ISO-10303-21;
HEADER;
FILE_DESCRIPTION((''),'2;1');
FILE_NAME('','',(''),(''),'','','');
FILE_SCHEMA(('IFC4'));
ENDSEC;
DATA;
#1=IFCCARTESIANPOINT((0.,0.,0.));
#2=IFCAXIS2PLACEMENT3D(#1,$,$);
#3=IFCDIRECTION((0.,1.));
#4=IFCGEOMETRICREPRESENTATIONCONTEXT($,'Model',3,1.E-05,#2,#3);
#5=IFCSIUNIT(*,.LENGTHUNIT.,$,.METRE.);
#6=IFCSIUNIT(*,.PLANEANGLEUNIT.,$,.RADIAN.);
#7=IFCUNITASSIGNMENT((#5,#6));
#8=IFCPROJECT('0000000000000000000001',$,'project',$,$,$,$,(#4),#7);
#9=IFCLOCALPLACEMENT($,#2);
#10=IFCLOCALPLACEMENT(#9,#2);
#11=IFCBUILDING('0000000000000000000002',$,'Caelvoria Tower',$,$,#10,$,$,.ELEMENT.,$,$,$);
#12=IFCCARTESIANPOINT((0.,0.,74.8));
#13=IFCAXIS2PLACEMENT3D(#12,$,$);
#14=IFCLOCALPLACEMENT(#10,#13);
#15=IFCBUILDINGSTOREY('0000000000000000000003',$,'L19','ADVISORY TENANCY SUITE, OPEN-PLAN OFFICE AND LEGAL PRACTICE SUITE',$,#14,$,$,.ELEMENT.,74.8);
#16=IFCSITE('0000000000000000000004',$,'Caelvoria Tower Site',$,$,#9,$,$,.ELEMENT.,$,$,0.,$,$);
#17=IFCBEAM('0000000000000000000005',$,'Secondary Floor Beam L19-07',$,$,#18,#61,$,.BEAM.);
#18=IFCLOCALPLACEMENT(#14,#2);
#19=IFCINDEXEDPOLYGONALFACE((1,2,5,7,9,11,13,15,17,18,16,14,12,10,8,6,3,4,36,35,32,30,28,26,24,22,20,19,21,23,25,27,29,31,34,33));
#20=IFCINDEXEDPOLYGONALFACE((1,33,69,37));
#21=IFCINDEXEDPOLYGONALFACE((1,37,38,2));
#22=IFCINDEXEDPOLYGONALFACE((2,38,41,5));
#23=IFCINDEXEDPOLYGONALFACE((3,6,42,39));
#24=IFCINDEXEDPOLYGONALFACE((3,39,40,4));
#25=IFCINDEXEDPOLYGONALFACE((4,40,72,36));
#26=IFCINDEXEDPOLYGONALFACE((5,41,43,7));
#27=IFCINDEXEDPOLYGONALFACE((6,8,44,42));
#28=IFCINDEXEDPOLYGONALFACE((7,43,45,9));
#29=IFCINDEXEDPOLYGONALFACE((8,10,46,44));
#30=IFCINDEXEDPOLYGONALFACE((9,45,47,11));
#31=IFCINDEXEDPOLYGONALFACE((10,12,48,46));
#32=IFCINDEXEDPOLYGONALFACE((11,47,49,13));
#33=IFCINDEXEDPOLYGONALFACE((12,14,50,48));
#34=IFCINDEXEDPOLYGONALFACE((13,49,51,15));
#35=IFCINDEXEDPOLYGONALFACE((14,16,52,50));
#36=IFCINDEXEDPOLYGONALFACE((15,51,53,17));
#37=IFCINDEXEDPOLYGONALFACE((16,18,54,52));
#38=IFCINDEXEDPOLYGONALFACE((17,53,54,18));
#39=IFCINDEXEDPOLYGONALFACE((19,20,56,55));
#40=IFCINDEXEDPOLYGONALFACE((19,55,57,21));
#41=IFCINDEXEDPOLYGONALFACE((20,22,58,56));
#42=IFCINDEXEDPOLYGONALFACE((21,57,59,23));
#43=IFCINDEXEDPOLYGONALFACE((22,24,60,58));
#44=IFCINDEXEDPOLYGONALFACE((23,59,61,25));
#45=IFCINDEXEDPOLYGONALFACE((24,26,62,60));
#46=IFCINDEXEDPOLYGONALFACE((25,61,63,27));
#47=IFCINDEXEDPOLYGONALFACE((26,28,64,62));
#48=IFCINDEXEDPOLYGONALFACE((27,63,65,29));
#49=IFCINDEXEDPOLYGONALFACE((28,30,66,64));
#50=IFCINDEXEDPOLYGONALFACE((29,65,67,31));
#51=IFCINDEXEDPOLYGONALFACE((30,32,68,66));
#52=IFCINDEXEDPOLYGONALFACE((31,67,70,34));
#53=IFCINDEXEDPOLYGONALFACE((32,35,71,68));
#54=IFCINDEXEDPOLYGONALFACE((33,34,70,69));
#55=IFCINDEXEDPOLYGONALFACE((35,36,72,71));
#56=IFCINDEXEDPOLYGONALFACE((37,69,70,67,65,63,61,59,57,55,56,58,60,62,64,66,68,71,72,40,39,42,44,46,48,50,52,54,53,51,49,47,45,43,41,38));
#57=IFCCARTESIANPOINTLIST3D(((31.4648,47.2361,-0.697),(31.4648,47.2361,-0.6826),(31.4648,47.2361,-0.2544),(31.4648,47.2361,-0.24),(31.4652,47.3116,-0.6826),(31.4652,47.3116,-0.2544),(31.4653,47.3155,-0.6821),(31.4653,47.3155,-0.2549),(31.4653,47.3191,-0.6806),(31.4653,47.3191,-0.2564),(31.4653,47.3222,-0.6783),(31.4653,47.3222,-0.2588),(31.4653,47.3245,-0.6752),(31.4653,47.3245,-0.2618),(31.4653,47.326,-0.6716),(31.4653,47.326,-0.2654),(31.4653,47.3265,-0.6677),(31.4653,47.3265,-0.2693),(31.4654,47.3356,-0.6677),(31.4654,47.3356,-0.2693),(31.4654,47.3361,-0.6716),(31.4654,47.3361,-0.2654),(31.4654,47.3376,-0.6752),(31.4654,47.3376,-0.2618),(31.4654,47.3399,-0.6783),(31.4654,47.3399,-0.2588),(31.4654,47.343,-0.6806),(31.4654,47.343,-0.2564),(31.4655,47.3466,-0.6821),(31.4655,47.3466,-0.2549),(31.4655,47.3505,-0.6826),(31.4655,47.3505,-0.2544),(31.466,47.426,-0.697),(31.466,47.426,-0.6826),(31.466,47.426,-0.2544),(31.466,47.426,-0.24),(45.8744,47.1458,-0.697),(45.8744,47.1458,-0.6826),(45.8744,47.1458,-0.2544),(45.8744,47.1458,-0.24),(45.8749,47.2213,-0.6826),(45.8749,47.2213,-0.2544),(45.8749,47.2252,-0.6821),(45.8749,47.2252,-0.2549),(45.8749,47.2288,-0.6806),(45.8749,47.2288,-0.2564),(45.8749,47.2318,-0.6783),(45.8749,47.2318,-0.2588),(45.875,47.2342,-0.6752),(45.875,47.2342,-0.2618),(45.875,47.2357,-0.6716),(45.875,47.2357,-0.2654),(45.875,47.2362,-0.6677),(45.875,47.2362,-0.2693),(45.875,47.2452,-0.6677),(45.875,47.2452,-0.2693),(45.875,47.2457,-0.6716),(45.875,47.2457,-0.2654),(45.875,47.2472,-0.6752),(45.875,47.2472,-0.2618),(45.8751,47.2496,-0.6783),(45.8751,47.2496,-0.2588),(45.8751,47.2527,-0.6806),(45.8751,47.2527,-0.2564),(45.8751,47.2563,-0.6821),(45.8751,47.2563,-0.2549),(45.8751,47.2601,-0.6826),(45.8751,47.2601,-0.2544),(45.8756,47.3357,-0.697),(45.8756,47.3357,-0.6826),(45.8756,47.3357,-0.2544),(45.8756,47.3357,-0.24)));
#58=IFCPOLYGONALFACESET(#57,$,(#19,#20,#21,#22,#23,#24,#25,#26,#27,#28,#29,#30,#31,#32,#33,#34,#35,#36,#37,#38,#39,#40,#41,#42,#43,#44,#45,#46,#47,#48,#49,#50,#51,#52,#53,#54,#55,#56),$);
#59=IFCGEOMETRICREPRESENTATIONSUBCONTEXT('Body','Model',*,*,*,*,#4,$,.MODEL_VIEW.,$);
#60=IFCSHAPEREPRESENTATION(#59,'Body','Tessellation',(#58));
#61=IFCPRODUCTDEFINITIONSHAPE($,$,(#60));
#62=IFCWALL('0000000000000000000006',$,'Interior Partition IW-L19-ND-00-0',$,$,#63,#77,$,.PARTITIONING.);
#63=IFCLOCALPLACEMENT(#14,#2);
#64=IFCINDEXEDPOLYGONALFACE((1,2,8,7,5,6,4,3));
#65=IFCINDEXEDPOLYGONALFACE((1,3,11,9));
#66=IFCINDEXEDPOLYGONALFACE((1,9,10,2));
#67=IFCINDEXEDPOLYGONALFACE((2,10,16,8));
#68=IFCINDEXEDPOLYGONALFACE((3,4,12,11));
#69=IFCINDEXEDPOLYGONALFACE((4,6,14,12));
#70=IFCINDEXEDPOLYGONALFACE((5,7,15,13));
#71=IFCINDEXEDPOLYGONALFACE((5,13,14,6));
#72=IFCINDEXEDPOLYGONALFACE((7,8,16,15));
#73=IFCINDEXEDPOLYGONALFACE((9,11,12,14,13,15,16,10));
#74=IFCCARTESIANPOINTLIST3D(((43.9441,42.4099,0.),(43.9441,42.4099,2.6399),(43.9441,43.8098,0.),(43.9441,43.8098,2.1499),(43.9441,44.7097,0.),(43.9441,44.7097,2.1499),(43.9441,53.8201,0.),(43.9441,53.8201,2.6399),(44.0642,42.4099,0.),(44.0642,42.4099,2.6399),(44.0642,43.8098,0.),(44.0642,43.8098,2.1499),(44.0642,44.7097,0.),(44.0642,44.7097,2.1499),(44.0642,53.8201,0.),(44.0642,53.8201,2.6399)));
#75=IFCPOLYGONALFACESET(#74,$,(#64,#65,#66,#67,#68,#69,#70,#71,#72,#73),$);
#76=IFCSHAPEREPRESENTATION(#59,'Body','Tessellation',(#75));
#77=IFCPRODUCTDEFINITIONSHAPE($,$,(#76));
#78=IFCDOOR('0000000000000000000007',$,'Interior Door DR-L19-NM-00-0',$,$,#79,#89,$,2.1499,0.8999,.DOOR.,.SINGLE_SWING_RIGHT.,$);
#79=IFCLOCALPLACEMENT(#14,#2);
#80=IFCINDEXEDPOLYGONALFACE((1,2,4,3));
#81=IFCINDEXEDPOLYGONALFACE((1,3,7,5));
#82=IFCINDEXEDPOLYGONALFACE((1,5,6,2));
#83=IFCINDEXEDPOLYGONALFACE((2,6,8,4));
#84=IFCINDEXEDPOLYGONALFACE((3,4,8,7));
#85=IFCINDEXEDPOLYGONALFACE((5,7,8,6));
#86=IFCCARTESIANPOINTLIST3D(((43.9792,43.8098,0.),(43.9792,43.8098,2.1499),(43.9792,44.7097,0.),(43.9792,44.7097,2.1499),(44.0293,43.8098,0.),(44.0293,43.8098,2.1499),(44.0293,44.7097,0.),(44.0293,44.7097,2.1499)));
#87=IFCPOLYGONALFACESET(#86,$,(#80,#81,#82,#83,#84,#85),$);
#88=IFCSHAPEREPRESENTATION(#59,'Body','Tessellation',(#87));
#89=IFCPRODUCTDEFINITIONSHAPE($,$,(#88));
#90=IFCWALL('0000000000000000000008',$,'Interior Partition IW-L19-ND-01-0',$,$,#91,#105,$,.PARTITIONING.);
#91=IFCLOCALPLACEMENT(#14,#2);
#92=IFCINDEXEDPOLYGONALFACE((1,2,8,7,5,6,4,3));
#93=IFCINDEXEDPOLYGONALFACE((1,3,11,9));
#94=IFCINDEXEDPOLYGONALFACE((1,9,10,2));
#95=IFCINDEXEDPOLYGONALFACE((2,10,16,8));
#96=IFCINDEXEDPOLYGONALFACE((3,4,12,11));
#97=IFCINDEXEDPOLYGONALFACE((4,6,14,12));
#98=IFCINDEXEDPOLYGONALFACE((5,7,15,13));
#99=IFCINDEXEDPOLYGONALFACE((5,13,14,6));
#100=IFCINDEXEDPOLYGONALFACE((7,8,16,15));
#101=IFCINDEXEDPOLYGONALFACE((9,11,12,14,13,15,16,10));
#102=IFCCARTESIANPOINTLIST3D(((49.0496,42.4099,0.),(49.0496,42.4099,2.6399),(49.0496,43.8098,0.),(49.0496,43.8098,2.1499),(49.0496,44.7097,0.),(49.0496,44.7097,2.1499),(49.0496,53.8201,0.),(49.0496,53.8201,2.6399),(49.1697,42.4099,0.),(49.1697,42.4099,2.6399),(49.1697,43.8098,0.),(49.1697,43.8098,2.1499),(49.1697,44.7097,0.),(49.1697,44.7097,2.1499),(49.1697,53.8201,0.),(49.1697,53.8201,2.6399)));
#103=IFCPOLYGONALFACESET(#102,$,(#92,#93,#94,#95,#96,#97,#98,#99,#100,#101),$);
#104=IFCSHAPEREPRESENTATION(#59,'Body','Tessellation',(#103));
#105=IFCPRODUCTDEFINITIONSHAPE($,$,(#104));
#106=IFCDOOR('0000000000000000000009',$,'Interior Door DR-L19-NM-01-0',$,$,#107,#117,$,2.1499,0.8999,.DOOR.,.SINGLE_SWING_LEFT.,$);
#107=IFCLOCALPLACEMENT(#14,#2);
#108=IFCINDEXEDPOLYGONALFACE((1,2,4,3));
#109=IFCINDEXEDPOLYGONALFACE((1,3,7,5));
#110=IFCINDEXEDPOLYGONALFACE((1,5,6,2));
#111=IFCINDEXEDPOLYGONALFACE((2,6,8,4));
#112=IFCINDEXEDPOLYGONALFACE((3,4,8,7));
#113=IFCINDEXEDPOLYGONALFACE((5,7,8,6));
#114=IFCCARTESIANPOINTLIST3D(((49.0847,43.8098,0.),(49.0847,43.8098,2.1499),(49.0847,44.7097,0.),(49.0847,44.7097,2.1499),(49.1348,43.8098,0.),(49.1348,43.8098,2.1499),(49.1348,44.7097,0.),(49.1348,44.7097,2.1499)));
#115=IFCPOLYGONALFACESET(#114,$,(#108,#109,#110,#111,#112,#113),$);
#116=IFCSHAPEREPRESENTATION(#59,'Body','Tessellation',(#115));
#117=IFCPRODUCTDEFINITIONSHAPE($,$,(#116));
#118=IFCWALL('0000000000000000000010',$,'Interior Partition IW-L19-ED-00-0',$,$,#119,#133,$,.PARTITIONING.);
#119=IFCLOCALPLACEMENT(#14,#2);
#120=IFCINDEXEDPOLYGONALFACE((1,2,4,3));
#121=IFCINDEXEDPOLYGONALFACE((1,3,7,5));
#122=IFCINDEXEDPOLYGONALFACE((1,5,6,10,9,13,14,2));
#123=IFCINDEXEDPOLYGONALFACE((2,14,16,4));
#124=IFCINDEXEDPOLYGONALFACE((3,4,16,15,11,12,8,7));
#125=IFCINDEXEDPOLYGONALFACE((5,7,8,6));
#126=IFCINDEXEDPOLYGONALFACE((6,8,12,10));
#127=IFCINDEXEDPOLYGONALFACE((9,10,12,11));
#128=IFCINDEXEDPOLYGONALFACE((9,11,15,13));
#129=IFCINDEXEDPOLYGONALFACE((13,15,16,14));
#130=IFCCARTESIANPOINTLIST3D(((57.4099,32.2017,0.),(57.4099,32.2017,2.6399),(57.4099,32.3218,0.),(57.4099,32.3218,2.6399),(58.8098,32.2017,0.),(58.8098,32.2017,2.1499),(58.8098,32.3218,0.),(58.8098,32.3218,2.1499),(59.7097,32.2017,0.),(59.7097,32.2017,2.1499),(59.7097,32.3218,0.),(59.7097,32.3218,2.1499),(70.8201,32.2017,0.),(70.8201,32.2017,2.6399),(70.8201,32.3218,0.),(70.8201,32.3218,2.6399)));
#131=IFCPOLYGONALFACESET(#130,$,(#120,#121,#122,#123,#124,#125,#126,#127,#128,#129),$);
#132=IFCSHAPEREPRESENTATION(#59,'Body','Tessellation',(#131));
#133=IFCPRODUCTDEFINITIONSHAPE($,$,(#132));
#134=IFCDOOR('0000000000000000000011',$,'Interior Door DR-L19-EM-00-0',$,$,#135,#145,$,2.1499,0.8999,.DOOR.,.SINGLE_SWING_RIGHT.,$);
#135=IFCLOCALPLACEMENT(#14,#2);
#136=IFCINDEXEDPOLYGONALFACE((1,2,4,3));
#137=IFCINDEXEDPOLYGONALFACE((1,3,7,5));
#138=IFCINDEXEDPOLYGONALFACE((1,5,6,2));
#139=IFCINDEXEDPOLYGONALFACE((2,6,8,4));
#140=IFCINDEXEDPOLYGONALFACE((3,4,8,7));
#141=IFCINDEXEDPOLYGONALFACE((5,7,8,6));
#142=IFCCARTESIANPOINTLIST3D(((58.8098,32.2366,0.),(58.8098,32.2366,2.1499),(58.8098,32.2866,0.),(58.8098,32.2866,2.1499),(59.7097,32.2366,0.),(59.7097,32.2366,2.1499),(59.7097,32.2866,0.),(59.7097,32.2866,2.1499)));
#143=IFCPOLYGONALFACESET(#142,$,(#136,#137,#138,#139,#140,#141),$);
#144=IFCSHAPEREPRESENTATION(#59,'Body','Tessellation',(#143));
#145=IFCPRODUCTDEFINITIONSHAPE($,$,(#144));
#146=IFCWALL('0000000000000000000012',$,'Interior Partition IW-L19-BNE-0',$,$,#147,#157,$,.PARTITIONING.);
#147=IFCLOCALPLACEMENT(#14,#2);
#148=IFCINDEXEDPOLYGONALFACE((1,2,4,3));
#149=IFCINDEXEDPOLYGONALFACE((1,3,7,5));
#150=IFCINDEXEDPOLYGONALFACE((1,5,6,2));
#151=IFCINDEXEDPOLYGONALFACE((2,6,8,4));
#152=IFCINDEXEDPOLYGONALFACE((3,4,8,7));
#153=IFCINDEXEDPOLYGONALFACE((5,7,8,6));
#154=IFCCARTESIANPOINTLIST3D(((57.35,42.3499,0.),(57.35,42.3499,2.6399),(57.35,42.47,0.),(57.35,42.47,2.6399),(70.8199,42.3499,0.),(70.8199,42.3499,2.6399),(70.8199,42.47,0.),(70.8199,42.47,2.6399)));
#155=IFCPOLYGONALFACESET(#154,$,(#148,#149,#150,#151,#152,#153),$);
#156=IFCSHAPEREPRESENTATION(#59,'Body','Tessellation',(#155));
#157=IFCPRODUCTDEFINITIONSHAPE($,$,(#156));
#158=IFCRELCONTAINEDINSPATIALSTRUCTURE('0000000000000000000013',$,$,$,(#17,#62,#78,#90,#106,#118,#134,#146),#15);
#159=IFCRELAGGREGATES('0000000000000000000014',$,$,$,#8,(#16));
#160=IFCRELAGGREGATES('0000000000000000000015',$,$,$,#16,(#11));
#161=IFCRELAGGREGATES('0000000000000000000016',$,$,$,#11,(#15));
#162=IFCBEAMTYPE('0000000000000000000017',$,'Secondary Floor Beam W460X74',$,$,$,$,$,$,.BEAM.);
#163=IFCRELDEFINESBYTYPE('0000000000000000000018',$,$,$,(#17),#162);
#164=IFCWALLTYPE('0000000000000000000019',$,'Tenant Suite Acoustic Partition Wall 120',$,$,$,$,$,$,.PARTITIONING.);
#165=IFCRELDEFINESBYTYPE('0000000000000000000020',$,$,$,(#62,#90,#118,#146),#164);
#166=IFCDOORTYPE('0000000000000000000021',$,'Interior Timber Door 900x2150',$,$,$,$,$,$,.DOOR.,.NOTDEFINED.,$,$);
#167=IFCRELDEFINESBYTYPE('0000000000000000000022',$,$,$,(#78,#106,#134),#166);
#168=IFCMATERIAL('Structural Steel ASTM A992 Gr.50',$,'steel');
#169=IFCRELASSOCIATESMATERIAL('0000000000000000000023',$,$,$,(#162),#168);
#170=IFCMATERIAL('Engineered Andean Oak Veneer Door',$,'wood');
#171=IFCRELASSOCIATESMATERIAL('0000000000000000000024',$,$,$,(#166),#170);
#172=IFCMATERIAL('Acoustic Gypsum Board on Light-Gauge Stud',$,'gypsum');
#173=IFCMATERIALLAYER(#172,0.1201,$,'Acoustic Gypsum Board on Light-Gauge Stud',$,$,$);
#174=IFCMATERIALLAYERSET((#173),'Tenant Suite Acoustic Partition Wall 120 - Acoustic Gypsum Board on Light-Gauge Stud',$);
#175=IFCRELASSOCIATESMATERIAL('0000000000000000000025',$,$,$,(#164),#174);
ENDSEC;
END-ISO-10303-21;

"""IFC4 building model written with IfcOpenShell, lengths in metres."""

from ifc_helpers import new_model, si_unit, direction, frame, frame_2d, origin, origin_2d, place, context, subcontext, project, spatial, rectangle, i_section, extrude, material, layer, layer_set, material_profile, profile_set, type_object, element, fill, save


model = new_model("IFC4")

# Units and contexts
model_context = context("Model", 3, precision=1e-05, world=origin(), true_north=direction((0.0, 1.0)))
body_context = subcontext(model_context, "Body", "Model", "MODEL_VIEW")
ifc_project = project(units=[si_unit("LENGTHUNIT", "METRE"), si_unit("PLANEANGLEUNIT", "RADIAN")], contexts=[model_context])

# Site, building, storey
site_placement = place(None, origin())
site = spatial("IfcSite", under=ifc_project, at=site_placement, Name="Caelvoria Tower Site", CompositionType="ELEMENT", RefElevation=0.0)
building_placement = place(site_placement, origin())
building = spatial("IfcBuilding", under=site, at=building_placement, Name="Caelvoria Tower", CompositionType="ELEMENT")
storey_placement = place(building_placement, frame((0.0, 0.0, 74.8)))
storey = spatial("IfcBuildingStorey", under=building, at=storey_placement, Name="L19", Description="ADVISORY TENANCY SUITE, OPEN-PLAN OFFICE AND LEGAL PRACTICE SUITE", CompositionType="ELEMENT", Elevation=74.8)

# Beam
ifc_material_1 = material(Name="Structural Steel ASTM A992 Gr.50", Category="steel")
ifc_material_profile_1 = material_profile(ifc_material_1, i_section(OverallWidth=0.1899, OverallDepth=0.457, WebThickness=0.009, FlangeThickness=0.0144, FilletRadius=0.0149, at=origin_2d()), Name="Structural Steel ASTM A992 Gr.50")
ifc_profile_set_1 = profile_set([ifc_material_profile_1], Name="W460X74 - Structural Steel ASTM A992 Gr.50")
beam_type_1 = type_object("IfcBeamType", Name="Secondary Floor Beam W460X74", PredefinedType="BEAM", material=ifc_profile_set_1)
for number, where, z_axis, x_axis, name in (
    (1, (45.875, 47.2407, -0.4685), (-0.99998, 0.006269, 0.0), (-0.006269, -0.99998, 0.0), "Secondary Floor Beam L19-07"),
):
    element("IfcBeam", number, at=place(storey_placement, frame(where, z_axis=z_axis, x_axis=x_axis)), inside=storey, type_object=beam_type_1, Name=name, PredefinedType="BEAM", context=body_context, shape_type="SweptSolid", body=[
        extrude(i_section(OverallWidth=0.1899, OverallDepth=0.457, WebThickness=0.009, FlangeThickness=0.0144, FilletRadius=0.0149, at=origin_2d()), origin(), (0.0, 0.0, 1.0), 14.4099),
    ])

# Walls, openings, doors
ifc_material_2 = material(Name="Engineered Andean Oak Veneer Door", Category="wood")
door_type = type_object("IfcDoorType", Name="Interior Timber Door 900x2150", OperationType="NOTDEFINED", PredefinedType="DOOR", material=ifc_material_2)
ifc_material_3 = material(Name="Acoustic Gypsum Board on Light-Gauge Stud", Category="gypsum")
ifc_layer_1 = layer(ifc_material_3, 0.1201, Name="Acoustic Gypsum Board on Light-Gauge Stud")
ifc_layer_set_1 = layer_set([ifc_layer_1], Name="Tenant Suite Acoustic Partition Wall 120 - Acoustic Gypsum Board on Light-Gauge Stud")
wall_type_1 = type_object("IfcWallType", Name="Tenant Suite Acoustic Partition Wall 120", PredefinedType="PARTITIONING", material=ifc_layer_set_1)
wall_1_placement = place(storey_placement, frame((44.0042, 42.4099, 0.0), z_axis=(0.0, 0.0, 1.0), x_axis=(0.0, 1.0, 0.0)))
wall_1 = element("IfcWall", 2, at=wall_1_placement, inside=storey, type_object=wall_type_1, Name="Interior Partition IW-L19-ND-00-0", PredefinedType="PARTITIONING", context=body_context, shape_type="SweptSolid", body=[
    extrude(rectangle(XDim=11.4102, YDim=0.1201, at=frame_2d((5.7051, 0.0))), origin(), (0.0, 0.0, 1.0), 2.6399),
])
opening_1_placement = place(wall_1_placement, frame((1.3999, 0.0, 0.0)))
opening_1 = element("IfcOpeningElement", 3, at=opening_1_placement, cuts=wall_1, PredefinedType="OPENING", context=body_context, shape_type="SweptSolid", body=[
    extrude(rectangle(XDim=0.8999, YDim=2.1499, at=frame_2d((0.45, 1.075))), frame((0.0, 0.0701, 0.0), z_axis=(0.0, -1.0, 0.0), x_axis=(1.0, 0.0, 0.0)), (0.0, 0.0, 1.0), 0.1401),
])
door_1_placement = place(opening_1_placement, origin())
door_1 = element("IfcDoor", 4, at=door_1_placement, inside=storey, type_object=door_type, Name="Interior Door DR-L19-NM-00-0", OperationType="SINGLE_SWING_RIGHT", OverallHeight=2.1499, OverallWidth=0.8999, PredefinedType="DOOR", context=body_context, shape_type="SweptSolid", body=[
    extrude(rectangle(XDim=0.8999, YDim=2.1499, at=frame_2d((0.45, 1.075))), frame((0.0, 0.0249, 0.0), z_axis=(0.0, -1.0, 0.0), x_axis=(1.0, 0.0, 0.0)), (0.0, 0.0, 1.0), 0.05),
])
fill(opening_1, door_1)
wall_2_placement = place(storey_placement, frame((49.1096, 42.4099, 0.0), z_axis=(0.0, 0.0, 1.0), x_axis=(0.0, 1.0, 0.0)))
wall_2 = element("IfcWall", 5, at=wall_2_placement, inside=storey, type_object=wall_type_1, Name="Interior Partition IW-L19-ND-01-0", PredefinedType="PARTITIONING", context=body_context, shape_type="SweptSolid", body=[
    extrude(rectangle(XDim=11.4102, YDim=0.1201, at=frame_2d((5.7051, 0.0))), origin(), (0.0, 0.0, 1.0), 2.6399),
])
opening_2_placement = place(wall_2_placement, frame((1.3999, 0.0, 0.0)))
opening_2 = element("IfcOpeningElement", 6, at=opening_2_placement, cuts=wall_2, PredefinedType="OPENING", context=body_context, shape_type="SweptSolid", body=[
    extrude(rectangle(XDim=0.8999, YDim=2.1499, at=frame_2d((0.45, 1.075))), frame((0.0, 0.0701, 0.0), z_axis=(0.0, -1.0, 0.0), x_axis=(1.0, 0.0, 0.0)), (0.0, 0.0, 1.0), 0.1401),
])
door_2_placement = place(opening_2_placement, origin())
door_2 = element("IfcDoor", 7, at=door_2_placement, inside=storey, type_object=door_type, Name="Interior Door DR-L19-NM-01-0", OperationType="SINGLE_SWING_LEFT", OverallHeight=2.1499, OverallWidth=0.8999, PredefinedType="DOOR", context=body_context, shape_type="SweptSolid", body=[
    extrude(rectangle(XDim=0.8999, YDim=2.1499, at=frame_2d((0.45, 1.075))), frame((0.0, 0.0249, 0.0), z_axis=(0.0, -1.0, 0.0), x_axis=(1.0, 0.0, 0.0)), (0.0, 0.0, 1.0), 0.05),
])
fill(opening_2, door_2)
wall_3_placement = place(storey_placement, frame((57.4099, 32.2617, 0.0), z_axis=(0.0, 0.0, 1.0), x_axis=(1.0, 0.0, 0.0)))
wall_3 = element("IfcWall", 8, at=wall_3_placement, inside=storey, type_object=wall_type_1, Name="Interior Partition IW-L19-ED-00-0", PredefinedType="PARTITIONING", context=body_context, shape_type="SweptSolid", body=[
    extrude(rectangle(XDim=13.4102, YDim=0.1201, at=frame_2d((6.7051, 0.0))), origin(), (0.0, 0.0, 1.0), 2.6399),
])
opening_3_placement = place(wall_3_placement, frame((1.3999, 0.0, 0.0)))
opening_3 = element("IfcOpeningElement", 9, at=opening_3_placement, cuts=wall_3, PredefinedType="OPENING", context=body_context, shape_type="SweptSolid", body=[
    extrude(rectangle(XDim=0.8999, YDim=2.1499, at=frame_2d((0.45, 1.075))), frame((0.0, 0.0701, 0.0), z_axis=(0.0, -1.0, 0.0), x_axis=(1.0, 0.0, 0.0)), (0.0, 0.0, 1.0), 0.1401),
])
door_3_placement = place(opening_3_placement, origin())
door_3 = element("IfcDoor", 10, at=door_3_placement, inside=storey, type_object=door_type, Name="Interior Door DR-L19-EM-00-0", OperationType="SINGLE_SWING_RIGHT", OverallHeight=2.1499, OverallWidth=0.8999, PredefinedType="DOOR", context=body_context, shape_type="SweptSolid", body=[
    extrude(rectangle(XDim=0.8999, YDim=2.1499, at=frame_2d((0.45, 1.075))), frame((0.0, 0.0249, 0.0), z_axis=(0.0, -1.0, 0.0), x_axis=(1.0, 0.0, 0.0)), (0.0, 0.0, 1.0), 0.05),
])
fill(opening_3, door_3)

# Wall
wall_4_placement = place(storey_placement, frame((57.3501, 42.4099, 0.0), z_axis=(0.0, 0.0, 1.0), x_axis=(1.0, 0.0, 0.0)))
element("IfcWall", 11, at=wall_4_placement, inside=storey, type_object=wall_type_1, Name="Interior Partition IW-L19-BNE-0", PredefinedType="PARTITIONING", context=body_context, shape_type="SweptSolid", body=[
    extrude(rectangle(XDim=13.47, YDim=0.1201, at=frame_2d((6.7349, 0.0))), origin(), (0.0, 0.0, 1.0), 2.6399),
])

save(model, "model.ifc")
